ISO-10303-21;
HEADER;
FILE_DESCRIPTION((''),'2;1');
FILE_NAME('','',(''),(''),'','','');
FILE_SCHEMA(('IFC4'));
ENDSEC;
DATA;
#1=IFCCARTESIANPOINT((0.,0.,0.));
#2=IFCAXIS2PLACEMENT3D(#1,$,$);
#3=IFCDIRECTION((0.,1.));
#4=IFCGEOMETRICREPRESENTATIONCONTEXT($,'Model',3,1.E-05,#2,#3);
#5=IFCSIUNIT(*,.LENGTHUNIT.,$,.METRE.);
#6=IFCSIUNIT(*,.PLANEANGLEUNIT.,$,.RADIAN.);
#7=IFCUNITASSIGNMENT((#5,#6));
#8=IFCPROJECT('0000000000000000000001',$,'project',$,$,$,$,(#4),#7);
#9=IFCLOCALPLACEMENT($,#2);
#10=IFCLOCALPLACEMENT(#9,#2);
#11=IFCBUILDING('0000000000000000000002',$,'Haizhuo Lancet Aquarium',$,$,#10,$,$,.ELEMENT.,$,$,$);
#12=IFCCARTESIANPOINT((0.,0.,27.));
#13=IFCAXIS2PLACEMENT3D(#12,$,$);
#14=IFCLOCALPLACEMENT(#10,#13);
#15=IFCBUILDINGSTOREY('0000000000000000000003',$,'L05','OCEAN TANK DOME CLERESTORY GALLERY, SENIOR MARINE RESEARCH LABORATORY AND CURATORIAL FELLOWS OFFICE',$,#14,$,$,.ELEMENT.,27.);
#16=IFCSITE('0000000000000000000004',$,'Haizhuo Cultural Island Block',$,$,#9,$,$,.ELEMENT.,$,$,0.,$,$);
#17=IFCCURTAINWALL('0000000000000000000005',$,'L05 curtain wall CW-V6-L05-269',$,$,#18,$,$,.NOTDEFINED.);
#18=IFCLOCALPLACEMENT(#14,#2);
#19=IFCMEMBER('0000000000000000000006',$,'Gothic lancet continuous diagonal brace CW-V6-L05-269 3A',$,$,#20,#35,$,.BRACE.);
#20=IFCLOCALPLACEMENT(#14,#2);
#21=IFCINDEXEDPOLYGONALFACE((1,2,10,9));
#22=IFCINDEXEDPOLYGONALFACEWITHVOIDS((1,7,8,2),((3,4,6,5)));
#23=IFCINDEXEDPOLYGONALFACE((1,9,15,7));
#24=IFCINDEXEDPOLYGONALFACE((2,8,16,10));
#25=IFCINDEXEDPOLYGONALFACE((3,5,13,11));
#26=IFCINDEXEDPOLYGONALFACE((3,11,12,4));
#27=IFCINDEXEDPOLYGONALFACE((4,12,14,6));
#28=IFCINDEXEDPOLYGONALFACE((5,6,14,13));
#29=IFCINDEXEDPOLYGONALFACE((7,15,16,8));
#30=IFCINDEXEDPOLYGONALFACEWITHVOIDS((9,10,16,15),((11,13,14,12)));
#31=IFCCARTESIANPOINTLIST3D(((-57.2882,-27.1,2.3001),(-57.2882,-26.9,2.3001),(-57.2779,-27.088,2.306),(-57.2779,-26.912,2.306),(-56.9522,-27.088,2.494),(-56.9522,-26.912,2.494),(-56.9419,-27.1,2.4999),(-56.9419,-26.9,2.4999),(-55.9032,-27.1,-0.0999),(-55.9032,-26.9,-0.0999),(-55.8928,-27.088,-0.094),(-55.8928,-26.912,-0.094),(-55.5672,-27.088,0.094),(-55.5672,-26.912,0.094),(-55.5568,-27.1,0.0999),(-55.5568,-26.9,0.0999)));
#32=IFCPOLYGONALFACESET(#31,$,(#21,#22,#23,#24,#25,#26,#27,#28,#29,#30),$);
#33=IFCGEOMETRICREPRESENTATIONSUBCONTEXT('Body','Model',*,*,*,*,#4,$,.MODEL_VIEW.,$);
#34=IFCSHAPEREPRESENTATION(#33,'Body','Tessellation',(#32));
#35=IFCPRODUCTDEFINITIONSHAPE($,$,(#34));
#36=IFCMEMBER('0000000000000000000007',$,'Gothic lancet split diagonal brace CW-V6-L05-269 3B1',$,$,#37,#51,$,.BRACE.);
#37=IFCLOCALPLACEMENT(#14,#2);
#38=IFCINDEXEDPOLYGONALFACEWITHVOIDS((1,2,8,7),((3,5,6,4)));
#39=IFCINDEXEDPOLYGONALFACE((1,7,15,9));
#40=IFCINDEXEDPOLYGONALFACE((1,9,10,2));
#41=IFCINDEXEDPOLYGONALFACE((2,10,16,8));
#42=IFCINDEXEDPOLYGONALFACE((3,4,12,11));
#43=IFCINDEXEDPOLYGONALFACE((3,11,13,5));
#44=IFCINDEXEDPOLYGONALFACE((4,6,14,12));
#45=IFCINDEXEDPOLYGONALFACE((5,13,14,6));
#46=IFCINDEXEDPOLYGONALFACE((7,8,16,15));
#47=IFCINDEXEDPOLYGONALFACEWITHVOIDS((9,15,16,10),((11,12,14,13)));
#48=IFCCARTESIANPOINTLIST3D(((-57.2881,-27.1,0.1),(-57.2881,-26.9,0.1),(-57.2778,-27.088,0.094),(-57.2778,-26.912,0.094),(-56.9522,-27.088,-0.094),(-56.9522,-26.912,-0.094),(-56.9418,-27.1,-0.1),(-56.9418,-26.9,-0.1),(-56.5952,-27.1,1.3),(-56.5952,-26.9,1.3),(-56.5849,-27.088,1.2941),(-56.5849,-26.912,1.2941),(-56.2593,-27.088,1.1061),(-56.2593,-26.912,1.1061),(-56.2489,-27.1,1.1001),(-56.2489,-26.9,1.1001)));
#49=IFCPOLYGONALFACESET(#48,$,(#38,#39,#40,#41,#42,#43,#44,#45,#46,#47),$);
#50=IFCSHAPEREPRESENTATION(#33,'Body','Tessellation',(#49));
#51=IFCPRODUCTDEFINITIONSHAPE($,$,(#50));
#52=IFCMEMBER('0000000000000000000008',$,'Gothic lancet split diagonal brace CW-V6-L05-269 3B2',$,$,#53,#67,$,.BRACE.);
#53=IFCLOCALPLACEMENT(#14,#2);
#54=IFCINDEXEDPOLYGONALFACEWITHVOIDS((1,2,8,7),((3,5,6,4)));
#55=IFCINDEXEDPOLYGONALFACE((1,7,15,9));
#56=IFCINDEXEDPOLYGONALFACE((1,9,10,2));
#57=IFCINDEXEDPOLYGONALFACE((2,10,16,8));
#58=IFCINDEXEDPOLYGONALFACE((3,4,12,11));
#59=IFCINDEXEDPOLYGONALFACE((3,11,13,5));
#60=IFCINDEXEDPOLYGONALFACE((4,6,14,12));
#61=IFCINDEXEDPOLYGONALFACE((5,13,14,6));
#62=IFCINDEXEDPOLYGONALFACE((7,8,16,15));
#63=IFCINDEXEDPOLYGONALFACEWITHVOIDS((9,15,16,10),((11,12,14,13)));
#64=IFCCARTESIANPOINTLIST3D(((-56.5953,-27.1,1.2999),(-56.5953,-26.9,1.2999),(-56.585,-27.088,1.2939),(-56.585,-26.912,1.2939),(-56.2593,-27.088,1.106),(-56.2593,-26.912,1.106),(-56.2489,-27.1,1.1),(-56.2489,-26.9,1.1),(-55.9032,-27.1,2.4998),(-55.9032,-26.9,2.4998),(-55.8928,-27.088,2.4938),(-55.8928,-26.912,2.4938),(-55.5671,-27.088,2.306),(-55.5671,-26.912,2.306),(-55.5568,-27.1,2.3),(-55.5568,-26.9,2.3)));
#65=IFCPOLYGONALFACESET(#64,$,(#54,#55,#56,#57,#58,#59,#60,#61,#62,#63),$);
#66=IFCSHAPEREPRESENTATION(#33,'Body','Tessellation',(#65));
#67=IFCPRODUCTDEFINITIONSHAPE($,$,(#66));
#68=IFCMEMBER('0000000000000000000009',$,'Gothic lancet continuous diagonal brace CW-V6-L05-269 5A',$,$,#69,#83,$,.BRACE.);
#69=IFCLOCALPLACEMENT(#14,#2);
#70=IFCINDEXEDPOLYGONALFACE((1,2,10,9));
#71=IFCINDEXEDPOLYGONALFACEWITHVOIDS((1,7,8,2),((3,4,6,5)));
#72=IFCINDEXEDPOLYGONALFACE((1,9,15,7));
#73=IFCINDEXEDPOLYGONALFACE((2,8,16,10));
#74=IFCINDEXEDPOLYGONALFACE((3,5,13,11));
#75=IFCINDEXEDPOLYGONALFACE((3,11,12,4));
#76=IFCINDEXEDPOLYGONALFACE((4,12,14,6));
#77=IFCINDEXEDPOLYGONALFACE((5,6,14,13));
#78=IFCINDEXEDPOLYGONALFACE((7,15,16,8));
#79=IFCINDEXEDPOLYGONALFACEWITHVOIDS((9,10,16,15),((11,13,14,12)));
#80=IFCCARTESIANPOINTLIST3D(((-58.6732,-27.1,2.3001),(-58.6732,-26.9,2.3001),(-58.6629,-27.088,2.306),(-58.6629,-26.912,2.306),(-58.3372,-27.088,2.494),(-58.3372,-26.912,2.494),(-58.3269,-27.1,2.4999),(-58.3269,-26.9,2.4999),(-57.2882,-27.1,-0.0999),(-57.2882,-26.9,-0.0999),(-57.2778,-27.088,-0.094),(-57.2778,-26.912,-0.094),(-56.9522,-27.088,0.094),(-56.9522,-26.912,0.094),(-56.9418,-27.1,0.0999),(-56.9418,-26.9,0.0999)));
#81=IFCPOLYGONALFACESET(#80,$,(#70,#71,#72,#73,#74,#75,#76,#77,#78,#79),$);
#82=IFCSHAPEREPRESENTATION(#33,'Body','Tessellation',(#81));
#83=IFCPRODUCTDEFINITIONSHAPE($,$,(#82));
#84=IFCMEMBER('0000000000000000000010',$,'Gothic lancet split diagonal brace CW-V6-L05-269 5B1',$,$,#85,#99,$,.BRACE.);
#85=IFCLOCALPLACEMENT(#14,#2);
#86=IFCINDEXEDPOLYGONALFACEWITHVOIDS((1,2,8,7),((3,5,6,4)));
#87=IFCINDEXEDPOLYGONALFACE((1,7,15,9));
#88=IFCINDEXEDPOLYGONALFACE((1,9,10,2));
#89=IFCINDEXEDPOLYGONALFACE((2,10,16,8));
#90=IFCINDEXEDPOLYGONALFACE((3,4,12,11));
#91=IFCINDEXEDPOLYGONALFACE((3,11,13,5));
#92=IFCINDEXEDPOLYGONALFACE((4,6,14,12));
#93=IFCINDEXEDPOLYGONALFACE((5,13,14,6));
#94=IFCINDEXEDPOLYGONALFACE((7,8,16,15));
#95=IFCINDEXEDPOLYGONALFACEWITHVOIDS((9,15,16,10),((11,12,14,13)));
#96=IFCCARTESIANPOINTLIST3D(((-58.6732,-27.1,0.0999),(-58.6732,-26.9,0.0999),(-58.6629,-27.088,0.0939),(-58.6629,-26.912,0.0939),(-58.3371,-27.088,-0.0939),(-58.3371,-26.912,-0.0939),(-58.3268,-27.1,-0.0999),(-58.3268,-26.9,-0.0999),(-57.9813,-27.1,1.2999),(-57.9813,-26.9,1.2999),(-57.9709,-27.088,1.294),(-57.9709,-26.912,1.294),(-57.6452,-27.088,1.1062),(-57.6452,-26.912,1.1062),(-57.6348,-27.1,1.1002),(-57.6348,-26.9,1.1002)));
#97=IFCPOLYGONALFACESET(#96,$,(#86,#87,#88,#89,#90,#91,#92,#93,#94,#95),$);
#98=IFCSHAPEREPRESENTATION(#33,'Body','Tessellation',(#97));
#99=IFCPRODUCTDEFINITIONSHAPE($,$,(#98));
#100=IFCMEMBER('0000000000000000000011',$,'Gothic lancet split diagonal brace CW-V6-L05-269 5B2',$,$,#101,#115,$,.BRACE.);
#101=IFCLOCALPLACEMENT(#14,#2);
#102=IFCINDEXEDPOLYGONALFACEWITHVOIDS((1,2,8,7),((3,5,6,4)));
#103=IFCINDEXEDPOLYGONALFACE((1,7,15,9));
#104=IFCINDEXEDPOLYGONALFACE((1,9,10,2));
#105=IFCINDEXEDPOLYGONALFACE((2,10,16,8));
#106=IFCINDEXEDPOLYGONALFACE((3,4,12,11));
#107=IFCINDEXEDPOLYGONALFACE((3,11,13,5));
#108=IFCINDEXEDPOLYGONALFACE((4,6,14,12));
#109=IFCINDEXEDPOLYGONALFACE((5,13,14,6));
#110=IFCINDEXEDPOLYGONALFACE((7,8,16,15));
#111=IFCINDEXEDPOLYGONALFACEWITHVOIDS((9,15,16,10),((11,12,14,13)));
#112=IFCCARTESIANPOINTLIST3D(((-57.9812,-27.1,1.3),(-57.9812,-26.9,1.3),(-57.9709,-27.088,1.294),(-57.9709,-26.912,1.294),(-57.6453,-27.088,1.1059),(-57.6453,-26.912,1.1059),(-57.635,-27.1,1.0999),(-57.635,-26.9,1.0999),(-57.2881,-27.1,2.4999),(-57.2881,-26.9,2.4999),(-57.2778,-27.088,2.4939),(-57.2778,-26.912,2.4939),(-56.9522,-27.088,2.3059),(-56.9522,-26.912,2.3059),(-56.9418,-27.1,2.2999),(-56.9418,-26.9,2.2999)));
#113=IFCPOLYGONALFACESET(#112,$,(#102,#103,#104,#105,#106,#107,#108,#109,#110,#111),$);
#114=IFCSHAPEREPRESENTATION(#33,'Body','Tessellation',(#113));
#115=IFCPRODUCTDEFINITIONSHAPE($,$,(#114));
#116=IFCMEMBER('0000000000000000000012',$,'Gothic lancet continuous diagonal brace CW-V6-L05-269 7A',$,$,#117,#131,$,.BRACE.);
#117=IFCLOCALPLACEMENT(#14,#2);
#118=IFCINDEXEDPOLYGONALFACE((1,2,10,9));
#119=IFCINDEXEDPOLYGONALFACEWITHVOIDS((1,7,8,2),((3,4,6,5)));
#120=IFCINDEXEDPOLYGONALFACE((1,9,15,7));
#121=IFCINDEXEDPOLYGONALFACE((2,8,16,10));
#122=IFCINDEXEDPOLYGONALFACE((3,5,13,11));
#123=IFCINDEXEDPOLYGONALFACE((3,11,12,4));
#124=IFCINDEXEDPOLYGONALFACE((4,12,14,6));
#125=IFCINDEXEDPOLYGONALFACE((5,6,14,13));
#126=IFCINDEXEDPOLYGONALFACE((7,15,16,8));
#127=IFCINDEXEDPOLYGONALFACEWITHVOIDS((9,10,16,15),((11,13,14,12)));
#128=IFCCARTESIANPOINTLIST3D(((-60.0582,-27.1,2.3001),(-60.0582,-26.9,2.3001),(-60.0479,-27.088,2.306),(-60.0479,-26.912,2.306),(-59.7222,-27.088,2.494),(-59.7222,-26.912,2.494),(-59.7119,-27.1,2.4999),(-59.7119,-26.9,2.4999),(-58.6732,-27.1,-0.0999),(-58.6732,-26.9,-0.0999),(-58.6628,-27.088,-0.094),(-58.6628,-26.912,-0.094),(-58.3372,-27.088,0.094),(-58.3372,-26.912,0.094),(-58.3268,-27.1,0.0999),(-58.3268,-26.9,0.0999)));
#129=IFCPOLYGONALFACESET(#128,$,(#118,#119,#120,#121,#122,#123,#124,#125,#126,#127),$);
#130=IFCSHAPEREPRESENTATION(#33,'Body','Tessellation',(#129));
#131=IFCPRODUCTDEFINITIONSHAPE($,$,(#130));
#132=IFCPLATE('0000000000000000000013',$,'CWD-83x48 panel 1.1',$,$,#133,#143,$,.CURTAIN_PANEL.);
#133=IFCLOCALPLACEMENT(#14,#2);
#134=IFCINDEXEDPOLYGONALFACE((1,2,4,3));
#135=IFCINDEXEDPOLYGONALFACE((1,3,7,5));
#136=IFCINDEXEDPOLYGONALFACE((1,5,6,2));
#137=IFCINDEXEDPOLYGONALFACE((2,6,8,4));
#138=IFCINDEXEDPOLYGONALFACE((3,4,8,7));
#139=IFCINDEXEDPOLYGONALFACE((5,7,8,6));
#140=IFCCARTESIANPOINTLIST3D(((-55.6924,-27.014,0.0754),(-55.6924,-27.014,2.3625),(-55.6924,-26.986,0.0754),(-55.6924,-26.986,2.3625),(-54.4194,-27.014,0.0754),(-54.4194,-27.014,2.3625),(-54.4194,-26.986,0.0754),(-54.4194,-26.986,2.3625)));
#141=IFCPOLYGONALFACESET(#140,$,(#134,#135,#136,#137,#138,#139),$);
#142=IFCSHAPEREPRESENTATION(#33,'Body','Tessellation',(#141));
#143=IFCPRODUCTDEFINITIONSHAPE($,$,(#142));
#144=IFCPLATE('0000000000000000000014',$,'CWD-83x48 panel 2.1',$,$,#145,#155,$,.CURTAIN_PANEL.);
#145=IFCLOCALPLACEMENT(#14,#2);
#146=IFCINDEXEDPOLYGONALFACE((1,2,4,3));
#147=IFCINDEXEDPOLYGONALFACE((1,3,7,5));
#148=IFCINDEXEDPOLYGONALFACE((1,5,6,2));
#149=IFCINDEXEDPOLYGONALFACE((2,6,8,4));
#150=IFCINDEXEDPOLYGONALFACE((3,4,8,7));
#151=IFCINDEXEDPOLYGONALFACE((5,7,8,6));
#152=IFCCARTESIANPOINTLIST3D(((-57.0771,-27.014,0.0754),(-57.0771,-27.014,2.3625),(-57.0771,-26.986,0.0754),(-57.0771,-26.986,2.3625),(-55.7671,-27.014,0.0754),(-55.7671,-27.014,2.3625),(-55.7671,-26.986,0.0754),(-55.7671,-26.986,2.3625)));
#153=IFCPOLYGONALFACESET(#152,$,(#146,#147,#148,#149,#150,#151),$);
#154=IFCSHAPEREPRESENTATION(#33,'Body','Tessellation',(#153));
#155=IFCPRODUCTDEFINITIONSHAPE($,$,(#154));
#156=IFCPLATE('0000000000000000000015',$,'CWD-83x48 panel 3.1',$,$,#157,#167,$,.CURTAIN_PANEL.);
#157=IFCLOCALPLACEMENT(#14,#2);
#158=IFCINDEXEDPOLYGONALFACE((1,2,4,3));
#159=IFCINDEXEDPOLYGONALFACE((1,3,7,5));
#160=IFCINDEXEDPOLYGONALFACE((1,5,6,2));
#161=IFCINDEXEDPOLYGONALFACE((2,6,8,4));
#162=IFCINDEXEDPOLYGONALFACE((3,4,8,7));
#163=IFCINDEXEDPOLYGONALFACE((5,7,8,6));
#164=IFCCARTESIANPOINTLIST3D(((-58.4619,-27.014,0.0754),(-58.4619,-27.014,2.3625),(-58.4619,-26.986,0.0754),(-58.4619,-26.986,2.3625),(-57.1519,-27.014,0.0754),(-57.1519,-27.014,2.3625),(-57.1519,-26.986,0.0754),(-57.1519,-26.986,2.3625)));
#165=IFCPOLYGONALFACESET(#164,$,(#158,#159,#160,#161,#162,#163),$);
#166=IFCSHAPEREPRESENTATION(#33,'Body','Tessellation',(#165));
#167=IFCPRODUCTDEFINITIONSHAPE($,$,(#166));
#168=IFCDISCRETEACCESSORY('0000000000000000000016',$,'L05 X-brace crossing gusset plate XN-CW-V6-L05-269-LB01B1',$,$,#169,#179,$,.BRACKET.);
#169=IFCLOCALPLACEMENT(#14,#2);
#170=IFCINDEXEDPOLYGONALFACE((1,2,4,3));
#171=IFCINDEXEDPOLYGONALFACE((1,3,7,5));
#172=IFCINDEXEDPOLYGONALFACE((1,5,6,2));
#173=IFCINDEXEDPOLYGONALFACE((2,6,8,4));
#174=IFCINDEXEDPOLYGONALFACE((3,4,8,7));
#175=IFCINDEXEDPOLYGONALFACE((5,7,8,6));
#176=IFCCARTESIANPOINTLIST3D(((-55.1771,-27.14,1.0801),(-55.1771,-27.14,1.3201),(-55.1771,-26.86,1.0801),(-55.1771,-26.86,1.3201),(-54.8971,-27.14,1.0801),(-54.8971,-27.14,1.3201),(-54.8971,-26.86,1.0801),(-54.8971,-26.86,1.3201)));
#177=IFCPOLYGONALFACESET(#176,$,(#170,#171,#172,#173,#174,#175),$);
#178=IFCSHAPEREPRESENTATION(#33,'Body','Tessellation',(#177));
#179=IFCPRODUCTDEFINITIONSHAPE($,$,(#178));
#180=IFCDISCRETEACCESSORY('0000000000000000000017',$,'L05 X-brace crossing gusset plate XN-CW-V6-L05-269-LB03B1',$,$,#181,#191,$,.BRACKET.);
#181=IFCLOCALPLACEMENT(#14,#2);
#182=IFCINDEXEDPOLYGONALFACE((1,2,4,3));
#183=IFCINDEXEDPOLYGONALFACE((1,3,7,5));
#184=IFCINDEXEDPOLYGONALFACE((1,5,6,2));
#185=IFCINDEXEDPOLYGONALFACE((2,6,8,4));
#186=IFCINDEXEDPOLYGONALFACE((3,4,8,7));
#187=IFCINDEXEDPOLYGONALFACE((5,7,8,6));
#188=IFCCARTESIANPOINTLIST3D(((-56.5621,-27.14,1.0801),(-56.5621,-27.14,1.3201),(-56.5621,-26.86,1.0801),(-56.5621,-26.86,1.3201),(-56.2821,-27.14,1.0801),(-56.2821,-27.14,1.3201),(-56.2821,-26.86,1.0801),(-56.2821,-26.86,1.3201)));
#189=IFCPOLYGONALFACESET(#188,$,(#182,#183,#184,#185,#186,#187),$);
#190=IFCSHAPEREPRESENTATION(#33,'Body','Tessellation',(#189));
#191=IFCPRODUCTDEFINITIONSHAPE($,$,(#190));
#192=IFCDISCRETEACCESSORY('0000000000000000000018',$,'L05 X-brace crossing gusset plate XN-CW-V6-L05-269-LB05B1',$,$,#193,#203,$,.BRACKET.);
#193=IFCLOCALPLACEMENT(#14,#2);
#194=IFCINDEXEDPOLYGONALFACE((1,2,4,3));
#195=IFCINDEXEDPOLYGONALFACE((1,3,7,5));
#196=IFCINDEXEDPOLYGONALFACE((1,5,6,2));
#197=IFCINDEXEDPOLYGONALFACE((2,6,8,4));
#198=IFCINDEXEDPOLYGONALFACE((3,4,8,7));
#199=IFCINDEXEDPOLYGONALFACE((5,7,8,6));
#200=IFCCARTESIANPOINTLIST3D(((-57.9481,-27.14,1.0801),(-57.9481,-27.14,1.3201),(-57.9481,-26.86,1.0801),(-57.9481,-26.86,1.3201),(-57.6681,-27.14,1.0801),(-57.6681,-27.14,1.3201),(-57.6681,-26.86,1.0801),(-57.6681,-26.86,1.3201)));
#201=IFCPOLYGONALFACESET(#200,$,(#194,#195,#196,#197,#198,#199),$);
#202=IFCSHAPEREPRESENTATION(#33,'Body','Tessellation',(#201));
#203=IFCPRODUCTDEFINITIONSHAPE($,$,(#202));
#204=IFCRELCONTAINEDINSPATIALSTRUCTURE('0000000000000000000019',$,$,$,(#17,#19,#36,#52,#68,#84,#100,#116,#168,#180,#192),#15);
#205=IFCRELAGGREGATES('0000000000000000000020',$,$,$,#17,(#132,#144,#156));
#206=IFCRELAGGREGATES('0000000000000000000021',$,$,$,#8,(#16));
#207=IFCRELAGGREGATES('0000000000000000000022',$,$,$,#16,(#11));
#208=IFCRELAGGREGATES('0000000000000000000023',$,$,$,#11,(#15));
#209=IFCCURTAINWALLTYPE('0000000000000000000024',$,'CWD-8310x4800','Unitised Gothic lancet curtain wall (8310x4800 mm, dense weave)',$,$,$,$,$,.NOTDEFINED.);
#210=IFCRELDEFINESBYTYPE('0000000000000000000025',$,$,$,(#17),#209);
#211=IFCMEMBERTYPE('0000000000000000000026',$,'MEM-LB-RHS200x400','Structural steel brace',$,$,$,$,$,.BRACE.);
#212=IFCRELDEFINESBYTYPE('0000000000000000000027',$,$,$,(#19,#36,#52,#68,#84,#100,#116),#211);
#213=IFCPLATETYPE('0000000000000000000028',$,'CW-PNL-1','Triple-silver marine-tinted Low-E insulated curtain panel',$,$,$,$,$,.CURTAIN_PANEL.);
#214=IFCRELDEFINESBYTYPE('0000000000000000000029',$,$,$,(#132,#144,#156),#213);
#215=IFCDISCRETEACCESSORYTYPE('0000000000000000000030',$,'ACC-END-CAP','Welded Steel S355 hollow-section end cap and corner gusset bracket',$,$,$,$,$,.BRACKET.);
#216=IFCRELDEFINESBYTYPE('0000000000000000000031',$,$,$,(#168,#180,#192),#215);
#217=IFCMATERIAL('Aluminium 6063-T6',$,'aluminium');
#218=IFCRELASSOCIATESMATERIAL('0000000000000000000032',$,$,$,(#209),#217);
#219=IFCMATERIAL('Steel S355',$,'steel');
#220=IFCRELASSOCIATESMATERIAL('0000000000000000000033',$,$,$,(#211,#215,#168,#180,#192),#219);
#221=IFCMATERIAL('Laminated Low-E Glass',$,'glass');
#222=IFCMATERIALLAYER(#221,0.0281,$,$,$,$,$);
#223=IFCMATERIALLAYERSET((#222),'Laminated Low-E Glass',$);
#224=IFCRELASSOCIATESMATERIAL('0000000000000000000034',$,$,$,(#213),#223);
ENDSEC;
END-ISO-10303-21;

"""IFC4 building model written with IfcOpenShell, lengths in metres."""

from ifc_helpers import new_model, si_unit, direction, frame, origin, origin_2d, place, context, subcontext, project, spatial, rectangle, hollow_rectangle, extrude, material, layer, layer_set, material_profile, profile_set, type_object, element, aggregate, save


model = new_model("IFC4")

# Units and contexts
model_context = context("Model", 3, precision=1e-05, world=origin(), true_north=direction((0.0, 1.0)))
body_context = subcontext(model_context, "Body", "Model", "MODEL_VIEW")
ifc_project = project(units=[si_unit("LENGTHUNIT", "METRE"), si_unit("PLANEANGLEUNIT", "RADIAN")], contexts=[model_context])

# Site, building, storey
site_placement = place(None, origin())
site = spatial("IfcSite", under=ifc_project, at=site_placement, Name="Haizhuo Cultural Island Block", CompositionType="ELEMENT", RefElevation=0.0)
building_placement = place(site_placement, origin())
building = spatial("IfcBuilding", under=site, at=building_placement, Name="Haizhuo Lancet Aquarium", CompositionType="ELEMENT")
storey_placement = place(building_placement, frame((0.0, 0.0, 27.0)))
storey = spatial("IfcBuildingStorey", under=building, at=storey_placement, Name="L05", Description="OCEAN TANK DOME CLERESTORY GALLERY, SENIOR MARINE RESEARCH LABORATORY AND CURATORIAL FELLOWS OFFICE", CompositionType="ELEMENT", Elevation=27.0)

# Curtain wall
ifc_material_1 = material(Name="Aluminium 6063-T6", Category="aluminium")
curtain_wall_type = type_object("IfcCurtainWallType", Name="CWD-8310x4800", Description="Unitised Gothic lancet curtain wall (8310x4800 mm, dense weave)", PredefinedType="NOTDEFINED", material=ifc_material_1)
curtain_wall_placement = place(storey_placement, origin())
curtain_wall = element("IfcCurtainWall", 1, at=curtain_wall_placement, inside=storey, type_object=curtain_wall_type, Name="L05 curtain wall CW-V6-L05-269", PredefinedType="NOTDEFINED")

# Members
ifc_material_2 = material(Name="Steel S355", Category="steel")
ifc_material_profile_1 = material_profile(ifc_material_2, hollow_rectangle(XDim=0.2, YDim=0.3999, WallThickness=0.012, at=origin_2d()), Name="RHS 200x400x12")
ifc_profile_set_1 = profile_set([ifc_material_profile_1], Name="Steel S355")
member_type_1 = type_object("IfcMemberType", Name="MEM-LB-RHS200x400", Description="Structural steel brace", PredefinedType="BRACE", material=ifc_profile_set_1)
member_1_placement = place(storey_placement, frame((-55.73, -27.0, 0.0), z_axis=(-0.499844, 0.0, 0.866115), x_axis=(0.0, -1.0, 0.0)))
element("IfcMember", 2, at=member_1_placement, inside=storey, type_object=member_type_1, Name="Gothic lancet continuous diagonal brace CW-V6-L05-269 3A", PredefinedType="BRACE", context=body_context, shape_type="SweptSolid", body=[
    extrude(hollow_rectangle(XDim=0.2, YDim=0.3999, WallThickness=0.012, at=origin_2d()), origin(), (0.0, 0.0, 1.0), 2.771),
])
member_2_placement = place(storey_placement, frame((-57.115, -27.0, 0.0), z_axis=(0.500043, 0.0, 0.866001), x_axis=(0.0, 1.0, 0.0)))
element("IfcMember", 3, at=member_2_placement, inside=storey, type_object=member_type_1, Name="Gothic lancet split diagonal brace CW-V6-L05-269 3B1", PredefinedType="BRACE", context=body_context, shape_type="SweptSolid", body=[
    extrude(hollow_rectangle(XDim=0.2, YDim=0.3999, WallThickness=0.012, at=origin_2d()), origin(), (0.0, 0.0, 1.0), 1.3857),
])
member_3_placement = place(storey_placement, frame((-56.4221, -27.0, 1.2), z_axis=(0.499646, 0.0, 0.86623), x_axis=(0.0, 1.0, 0.0)))
element("IfcMember", 4, at=member_3_placement, inside=storey, type_object=member_type_1, Name="Gothic lancet split diagonal brace CW-V6-L05-269 3B2", PredefinedType="BRACE", context=body_context, shape_type="SweptSolid", body=[
    extrude(hollow_rectangle(XDim=0.2, YDim=0.3999, WallThickness=0.012, at=origin_2d()), origin(), (0.0, 0.0, 1.0), 1.3853),
])
member_4_placement = place(storey_placement, frame((-57.115, -27.0, 0.0), z_axis=(-0.499844, 0.0, 0.866115), x_axis=(0.0, -1.0, 0.0)))
element("IfcMember", 5, at=member_4_placement, inside=storey, type_object=member_type_1, Name="Gothic lancet continuous diagonal brace CW-V6-L05-269 5A", PredefinedType="BRACE", context=body_context, shape_type="SweptSolid", body=[
    extrude(hollow_rectangle(XDim=0.2, YDim=0.3999, WallThickness=0.012, at=origin_2d()), origin(), (0.0, 0.0, 1.0), 2.771),
])
member_5_placement = place(storey_placement, frame((-58.5, -27.0, 0.0), z_axis=(0.499514, 0.0, 0.866306), x_axis=(0.0, 1.0, 0.0)))
element("IfcMember", 6, at=member_5_placement, inside=storey, type_object=member_type_1, Name="Gothic lancet split diagonal brace CW-V6-L05-269 5B1", PredefinedType="BRACE", context=body_context, shape_type="SweptSolid", body=[
    extrude(hollow_rectangle(XDim=0.2, YDim=0.3999, WallThickness=0.012, at=origin_2d()), origin(), (0.0, 0.0, 1.0), 1.3853),
])
member_6_placement = place(storey_placement, frame((-57.8081, -27.0, 1.2), z_axis=(0.500175, 0.0, 0.865924), x_axis=(0.0, 1.0, 0.0)))
element("IfcMember", 7, at=member_6_placement, inside=storey, type_object=member_type_1, Name="Gothic lancet split diagonal brace CW-V6-L05-269 5B2", PredefinedType="BRACE", context=body_context, shape_type="SweptSolid", body=[
    extrude(hollow_rectangle(XDim=0.2, YDim=0.3999, WallThickness=0.012, at=origin_2d()), origin(), (0.0, 0.0, 1.0), 1.3857),
])
member_7_placement = place(storey_placement, frame((-58.5, -27.0, 0.0), z_axis=(-0.499844, 0.0, 0.866115), x_axis=(0.0, -1.0, 0.0)))
element("IfcMember", 8, at=member_7_placement, inside=storey, type_object=member_type_1, Name="Gothic lancet continuous diagonal brace CW-V6-L05-269 7A", PredefinedType="BRACE", context=body_context, shape_type="SweptSolid", body=[
    extrude(hollow_rectangle(XDim=0.2, YDim=0.3999, WallThickness=0.012, at=origin_2d()), origin(), (0.0, 0.0, 1.0), 2.771),
])

# Plates
ifc_material_3 = material(Name="Laminated Low-E Glass", Category="glass")
ifc_layer = layer(ifc_material_3, 0.0281)
ifc_layer_set = layer_set([ifc_layer], Name="Laminated Low-E Glass")
plate_type = type_object("IfcPlateType", Name="CW-PNL-1", Description="Triple-silver marine-tinted Low-E insulated curtain panel", PredefinedType="CURTAIN_PANEL", material=ifc_layer_set)
plate_1_placement = place(storey_placement, frame((-55.0559, -27.0, 0.0754), z_axis=(0.0, 0.0, 1.0), x_axis=(-1.0, 0.0, 0.0)))
plate_1 = element("IfcPlate", 9, at=plate_1_placement, type_object=plate_type, Name="CWD-83x48 panel 1.1", PredefinedType="CURTAIN_PANEL", context=body_context, shape_type="SweptSolid", body=[
    extrude(rectangle(XDim=1.2729, YDim=0.0281, at=origin_2d()), origin(), (0.0, 0.0, 1.0), 2.2871),
])
plate_2_placement = place(storey_placement, frame((-56.4221, -27.0, 0.0754), z_axis=(0.0, 0.0, 1.0), x_axis=(-1.0, 0.0, 0.0)))
plate_2 = element("IfcPlate", 10, at=plate_2_placement, type_object=plate_type, Name="CWD-83x48 panel 2.1", PredefinedType="CURTAIN_PANEL", context=body_context, shape_type="SweptSolid", body=[
    extrude(rectangle(XDim=1.3101, YDim=0.0281, at=origin_2d()), origin(), (0.0, 0.0, 1.0), 2.2871),
])
plate_3_placement = place(storey_placement, frame((-57.8069, -27.0, 0.0754), z_axis=(0.0, 0.0, 1.0), x_axis=(-1.0, 0.0, 0.0)))
plate_3 = element("IfcPlate", 11, at=plate_3_placement, type_object=plate_type, Name="CWD-83x48 panel 3.1", PredefinedType="CURTAIN_PANEL", context=body_context, shape_type="SweptSolid", body=[
    extrude(rectangle(XDim=1.3101, YDim=0.0281, at=origin_2d()), origin(), (0.0, 0.0, 1.0), 2.2871),
])
aggregate(curtain_wall, [plate_1, plate_2, plate_3])

# Discrete accessories
discrete_accessory_type = type_object("IfcDiscreteAccessoryType", Name="ACC-END-CAP", Description="Welded Steel S355 hollow-section end cap and corner gusset bracket", PredefinedType="BRACKET", material=ifc_material_2)
for number, where, z_axis, x_axis, name in (
    (12, (-55.0371, -27.0, 1.0801), (0.0, 0.0, 1.0), (1.0, 0.0, 0.0), "L05 X-brace crossing gusset plate XN-CW-V6-L05-269-LB01B1"),
    (13, (-56.4221, -27.0, 1.0801), (0.0, 0.0, 1.0), (1.0, 0.0, 0.0), "L05 X-brace crossing gusset plate XN-CW-V6-L05-269-LB03B1"),
    (14, (-57.8081, -27.0, 1.0801), (0.0, 0.0, 1.0), (1.0, 0.0, 0.0), "L05 X-brace crossing gusset plate XN-CW-V6-L05-269-LB05B1"),
):
    element("IfcDiscreteAccessory", number, at=place(storey_placement, frame(where, z_axis=z_axis, x_axis=x_axis)), inside=storey, type_object=discrete_accessory_type, material=ifc_material_2, Name=name, PredefinedType="BRACKET", context=body_context, shape_type="SweptSolid", body=[
        extrude(rectangle(XDim=0.28, YDim=0.28, at=origin_2d()), origin(), (0.0, 0.0, 1.0), 0.24),
    ])

save(model, "model.ifc")
